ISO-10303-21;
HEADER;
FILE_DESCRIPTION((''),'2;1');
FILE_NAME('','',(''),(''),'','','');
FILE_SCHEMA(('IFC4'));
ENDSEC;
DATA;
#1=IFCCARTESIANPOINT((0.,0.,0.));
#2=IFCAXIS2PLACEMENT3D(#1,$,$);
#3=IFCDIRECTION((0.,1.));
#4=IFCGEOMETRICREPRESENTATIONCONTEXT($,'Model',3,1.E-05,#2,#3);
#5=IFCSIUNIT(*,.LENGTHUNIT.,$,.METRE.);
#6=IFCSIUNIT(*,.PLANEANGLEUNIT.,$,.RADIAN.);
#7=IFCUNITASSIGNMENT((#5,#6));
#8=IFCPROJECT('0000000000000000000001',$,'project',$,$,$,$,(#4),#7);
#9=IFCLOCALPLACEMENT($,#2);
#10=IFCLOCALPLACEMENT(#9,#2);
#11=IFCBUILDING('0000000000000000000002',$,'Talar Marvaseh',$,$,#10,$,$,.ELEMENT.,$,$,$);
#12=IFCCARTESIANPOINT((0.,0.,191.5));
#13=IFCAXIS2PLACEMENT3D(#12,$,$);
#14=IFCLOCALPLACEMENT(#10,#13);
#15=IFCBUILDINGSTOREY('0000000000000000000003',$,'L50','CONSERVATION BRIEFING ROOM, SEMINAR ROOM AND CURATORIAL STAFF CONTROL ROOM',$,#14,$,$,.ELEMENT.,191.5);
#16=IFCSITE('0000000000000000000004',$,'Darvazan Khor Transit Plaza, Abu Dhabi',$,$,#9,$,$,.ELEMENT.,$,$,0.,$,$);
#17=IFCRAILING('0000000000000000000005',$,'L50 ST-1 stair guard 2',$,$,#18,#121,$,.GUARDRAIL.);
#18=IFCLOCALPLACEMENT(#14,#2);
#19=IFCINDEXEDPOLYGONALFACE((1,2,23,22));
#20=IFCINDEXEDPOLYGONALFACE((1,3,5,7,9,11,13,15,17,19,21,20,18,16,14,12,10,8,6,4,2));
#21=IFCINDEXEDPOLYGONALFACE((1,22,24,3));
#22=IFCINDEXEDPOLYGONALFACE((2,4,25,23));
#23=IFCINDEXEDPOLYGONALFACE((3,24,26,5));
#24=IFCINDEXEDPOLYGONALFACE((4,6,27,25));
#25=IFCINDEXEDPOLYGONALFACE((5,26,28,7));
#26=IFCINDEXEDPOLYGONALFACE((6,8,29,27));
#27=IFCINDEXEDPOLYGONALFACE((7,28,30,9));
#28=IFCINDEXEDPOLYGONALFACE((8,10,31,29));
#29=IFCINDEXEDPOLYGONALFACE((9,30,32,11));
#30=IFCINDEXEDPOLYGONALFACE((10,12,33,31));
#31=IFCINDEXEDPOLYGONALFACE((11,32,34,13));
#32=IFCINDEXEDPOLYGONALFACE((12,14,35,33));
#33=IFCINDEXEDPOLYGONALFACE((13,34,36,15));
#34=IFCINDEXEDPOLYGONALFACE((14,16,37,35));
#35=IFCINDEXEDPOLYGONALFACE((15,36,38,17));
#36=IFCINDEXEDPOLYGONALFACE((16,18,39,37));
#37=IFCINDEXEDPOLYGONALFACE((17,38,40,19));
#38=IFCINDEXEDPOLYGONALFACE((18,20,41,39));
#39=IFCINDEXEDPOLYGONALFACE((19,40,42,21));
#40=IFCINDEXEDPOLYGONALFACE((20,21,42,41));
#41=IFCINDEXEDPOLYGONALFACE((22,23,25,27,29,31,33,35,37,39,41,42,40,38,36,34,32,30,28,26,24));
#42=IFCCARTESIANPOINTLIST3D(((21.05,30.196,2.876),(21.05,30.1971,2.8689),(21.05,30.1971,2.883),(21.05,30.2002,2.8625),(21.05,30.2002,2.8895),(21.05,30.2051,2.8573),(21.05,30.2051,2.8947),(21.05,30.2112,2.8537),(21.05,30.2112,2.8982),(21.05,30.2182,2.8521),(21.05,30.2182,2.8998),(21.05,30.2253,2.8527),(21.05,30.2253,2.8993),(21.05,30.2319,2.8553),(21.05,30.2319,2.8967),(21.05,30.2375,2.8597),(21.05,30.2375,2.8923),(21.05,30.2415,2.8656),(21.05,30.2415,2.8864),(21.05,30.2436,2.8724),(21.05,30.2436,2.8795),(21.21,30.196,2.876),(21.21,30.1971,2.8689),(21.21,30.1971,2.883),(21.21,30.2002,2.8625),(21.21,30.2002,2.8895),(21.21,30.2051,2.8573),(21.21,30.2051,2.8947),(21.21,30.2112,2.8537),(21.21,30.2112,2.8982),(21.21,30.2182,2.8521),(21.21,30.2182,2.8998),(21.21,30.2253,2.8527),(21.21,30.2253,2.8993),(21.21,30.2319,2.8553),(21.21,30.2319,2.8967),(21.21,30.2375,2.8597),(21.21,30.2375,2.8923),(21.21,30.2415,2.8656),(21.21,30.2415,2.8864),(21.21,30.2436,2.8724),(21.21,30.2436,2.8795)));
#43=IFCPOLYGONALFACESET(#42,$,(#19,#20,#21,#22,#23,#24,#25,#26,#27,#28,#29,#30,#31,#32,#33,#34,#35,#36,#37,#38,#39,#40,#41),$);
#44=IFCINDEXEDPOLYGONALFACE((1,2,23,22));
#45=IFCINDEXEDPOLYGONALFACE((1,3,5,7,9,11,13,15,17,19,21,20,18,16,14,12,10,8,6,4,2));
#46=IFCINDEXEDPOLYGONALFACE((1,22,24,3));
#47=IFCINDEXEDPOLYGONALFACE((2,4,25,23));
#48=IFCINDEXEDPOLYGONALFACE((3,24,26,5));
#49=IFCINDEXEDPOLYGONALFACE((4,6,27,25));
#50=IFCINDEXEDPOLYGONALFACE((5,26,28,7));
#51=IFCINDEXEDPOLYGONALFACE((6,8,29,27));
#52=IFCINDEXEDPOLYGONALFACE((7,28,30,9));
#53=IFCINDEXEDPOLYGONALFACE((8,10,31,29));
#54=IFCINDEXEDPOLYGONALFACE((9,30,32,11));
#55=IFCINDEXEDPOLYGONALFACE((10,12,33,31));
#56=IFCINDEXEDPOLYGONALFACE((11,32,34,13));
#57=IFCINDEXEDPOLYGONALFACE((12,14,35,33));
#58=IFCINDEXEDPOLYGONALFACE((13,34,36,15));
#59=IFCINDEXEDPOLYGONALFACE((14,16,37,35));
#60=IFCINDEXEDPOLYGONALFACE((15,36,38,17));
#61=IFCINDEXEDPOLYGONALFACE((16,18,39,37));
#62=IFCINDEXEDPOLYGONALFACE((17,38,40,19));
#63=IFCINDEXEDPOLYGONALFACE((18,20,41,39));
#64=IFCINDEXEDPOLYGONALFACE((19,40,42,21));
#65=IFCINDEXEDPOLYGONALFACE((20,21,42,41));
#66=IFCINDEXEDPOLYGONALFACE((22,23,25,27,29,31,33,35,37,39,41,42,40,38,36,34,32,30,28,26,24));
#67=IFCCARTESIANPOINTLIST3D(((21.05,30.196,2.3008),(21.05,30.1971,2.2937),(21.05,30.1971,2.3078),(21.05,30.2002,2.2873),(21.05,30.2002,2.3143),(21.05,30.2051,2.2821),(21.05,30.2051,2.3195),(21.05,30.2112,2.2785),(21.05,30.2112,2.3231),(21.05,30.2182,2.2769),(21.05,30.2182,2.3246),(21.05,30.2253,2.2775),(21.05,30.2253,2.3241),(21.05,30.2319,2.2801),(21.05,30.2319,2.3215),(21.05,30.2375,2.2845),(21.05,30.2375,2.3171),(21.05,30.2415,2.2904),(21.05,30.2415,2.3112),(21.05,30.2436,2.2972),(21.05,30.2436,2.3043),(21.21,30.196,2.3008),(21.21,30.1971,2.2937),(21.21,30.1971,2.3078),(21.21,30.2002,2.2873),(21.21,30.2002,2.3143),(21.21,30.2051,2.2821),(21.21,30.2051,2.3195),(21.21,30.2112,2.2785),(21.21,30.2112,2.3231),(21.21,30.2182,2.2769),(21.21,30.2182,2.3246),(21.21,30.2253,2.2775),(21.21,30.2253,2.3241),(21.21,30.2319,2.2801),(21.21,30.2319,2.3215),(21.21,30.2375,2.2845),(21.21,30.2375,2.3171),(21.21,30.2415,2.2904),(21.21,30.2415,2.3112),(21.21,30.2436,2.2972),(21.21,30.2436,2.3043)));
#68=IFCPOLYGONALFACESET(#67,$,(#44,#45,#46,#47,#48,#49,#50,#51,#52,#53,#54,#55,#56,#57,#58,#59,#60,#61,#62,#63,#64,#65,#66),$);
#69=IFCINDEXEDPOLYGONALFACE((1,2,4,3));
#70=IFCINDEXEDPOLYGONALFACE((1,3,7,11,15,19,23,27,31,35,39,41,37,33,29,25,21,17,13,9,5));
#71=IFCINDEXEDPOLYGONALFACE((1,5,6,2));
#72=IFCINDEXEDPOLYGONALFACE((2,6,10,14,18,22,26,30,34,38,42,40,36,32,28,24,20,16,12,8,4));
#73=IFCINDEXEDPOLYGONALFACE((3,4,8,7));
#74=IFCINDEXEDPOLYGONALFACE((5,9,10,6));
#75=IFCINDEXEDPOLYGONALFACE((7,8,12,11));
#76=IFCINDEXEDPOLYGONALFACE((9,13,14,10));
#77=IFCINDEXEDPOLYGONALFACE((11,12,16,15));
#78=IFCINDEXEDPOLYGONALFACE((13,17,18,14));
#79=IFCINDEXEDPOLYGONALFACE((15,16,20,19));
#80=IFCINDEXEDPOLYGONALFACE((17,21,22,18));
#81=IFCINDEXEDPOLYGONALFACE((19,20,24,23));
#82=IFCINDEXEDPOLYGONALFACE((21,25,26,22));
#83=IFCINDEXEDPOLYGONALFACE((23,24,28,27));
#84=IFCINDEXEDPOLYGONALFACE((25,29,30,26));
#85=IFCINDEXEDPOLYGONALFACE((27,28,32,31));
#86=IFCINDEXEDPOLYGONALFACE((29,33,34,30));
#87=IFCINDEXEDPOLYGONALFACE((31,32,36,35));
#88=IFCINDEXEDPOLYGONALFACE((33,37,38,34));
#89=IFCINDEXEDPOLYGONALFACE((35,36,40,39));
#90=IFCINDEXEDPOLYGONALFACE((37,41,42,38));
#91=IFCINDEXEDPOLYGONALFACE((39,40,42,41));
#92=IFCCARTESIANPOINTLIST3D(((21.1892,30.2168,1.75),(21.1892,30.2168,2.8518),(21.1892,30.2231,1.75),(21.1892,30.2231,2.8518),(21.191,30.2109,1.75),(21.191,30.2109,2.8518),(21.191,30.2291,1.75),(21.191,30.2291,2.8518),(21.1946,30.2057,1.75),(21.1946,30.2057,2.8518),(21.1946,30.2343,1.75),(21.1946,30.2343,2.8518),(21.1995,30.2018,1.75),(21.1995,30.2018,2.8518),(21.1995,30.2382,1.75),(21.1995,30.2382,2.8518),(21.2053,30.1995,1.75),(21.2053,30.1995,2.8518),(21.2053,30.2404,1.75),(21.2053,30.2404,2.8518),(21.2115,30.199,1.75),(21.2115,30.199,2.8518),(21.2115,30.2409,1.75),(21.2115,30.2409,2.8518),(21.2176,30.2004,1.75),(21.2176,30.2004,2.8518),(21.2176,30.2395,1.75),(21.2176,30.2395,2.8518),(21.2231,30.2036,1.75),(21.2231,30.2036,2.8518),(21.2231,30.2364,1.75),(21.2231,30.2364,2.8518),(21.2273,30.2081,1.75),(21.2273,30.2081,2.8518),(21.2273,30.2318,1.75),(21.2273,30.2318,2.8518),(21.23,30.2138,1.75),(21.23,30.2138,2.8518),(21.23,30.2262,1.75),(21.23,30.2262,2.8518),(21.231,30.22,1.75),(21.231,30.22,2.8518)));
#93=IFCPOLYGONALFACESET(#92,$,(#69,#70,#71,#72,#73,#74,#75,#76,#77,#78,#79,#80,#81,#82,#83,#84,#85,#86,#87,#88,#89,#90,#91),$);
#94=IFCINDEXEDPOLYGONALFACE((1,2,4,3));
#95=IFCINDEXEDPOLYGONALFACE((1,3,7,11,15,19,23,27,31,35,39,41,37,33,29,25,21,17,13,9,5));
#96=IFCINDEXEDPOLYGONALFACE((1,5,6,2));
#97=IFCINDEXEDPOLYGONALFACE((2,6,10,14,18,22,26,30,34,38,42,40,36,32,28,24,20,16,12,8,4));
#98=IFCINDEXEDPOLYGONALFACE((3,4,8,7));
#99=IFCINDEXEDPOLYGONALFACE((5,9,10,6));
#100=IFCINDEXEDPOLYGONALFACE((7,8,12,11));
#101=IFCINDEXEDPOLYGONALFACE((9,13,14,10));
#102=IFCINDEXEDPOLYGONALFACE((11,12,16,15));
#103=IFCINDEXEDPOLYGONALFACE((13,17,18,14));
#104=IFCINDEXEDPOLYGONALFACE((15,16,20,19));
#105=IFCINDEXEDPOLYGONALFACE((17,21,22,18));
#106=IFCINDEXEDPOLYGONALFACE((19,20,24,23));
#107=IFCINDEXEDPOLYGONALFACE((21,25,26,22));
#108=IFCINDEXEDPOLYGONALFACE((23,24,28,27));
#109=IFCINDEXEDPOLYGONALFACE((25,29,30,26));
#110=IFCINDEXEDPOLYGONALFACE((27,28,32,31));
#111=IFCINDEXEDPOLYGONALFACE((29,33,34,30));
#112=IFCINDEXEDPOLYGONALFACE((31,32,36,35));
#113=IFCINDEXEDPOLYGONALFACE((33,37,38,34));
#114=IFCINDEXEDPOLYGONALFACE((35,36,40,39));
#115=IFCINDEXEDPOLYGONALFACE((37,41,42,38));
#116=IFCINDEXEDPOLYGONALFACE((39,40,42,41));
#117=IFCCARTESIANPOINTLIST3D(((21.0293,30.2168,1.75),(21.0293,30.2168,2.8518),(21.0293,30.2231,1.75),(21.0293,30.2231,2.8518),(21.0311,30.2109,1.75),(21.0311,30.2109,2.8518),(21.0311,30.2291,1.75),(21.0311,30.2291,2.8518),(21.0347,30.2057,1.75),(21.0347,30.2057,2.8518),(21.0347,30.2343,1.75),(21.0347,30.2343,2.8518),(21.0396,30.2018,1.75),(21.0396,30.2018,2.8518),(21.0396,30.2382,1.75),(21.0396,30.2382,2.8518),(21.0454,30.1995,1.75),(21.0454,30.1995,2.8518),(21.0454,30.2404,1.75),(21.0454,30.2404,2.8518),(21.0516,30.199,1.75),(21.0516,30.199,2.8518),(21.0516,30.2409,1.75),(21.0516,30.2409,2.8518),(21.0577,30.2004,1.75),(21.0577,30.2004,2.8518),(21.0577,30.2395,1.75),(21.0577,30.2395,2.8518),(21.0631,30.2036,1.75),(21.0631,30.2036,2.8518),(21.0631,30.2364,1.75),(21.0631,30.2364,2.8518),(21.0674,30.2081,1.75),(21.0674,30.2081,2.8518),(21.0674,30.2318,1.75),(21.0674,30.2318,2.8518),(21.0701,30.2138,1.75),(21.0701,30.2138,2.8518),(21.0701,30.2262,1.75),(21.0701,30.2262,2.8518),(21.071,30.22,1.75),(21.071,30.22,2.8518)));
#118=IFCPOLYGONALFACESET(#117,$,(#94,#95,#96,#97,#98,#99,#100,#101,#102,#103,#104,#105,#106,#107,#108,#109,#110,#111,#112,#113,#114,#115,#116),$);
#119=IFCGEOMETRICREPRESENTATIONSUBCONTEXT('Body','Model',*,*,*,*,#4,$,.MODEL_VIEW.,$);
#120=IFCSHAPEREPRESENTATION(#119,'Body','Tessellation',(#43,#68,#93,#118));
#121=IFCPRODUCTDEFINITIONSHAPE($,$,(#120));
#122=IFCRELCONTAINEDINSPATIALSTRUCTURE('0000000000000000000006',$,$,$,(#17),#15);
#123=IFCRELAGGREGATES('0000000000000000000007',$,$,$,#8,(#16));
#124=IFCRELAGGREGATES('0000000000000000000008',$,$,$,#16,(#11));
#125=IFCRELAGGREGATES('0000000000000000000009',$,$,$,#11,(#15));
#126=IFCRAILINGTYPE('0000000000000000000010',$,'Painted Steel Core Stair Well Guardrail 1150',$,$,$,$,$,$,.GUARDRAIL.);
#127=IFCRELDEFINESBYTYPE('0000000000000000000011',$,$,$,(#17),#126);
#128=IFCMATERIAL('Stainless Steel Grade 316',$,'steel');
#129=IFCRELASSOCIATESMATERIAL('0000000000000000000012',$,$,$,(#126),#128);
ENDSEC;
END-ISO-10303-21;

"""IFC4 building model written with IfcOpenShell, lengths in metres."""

from ifc_helpers import new_model, si_unit, direction, frame, origin, origin_2d, place, context, subcontext, project, spatial, circle, extrude, material, type_object, element, save


model = new_model("IFC4")

# Units and contexts
model_context = context("Model", 3, precision=1e-05, world=origin(), true_north=direction((0.0, 1.0)))
body_context = subcontext(model_context, "Body", "Model", "MODEL_VIEW")
ifc_project = project(units=[si_unit("LENGTHUNIT", "METRE"), si_unit("PLANEANGLEUNIT", "RADIAN")], contexts=[model_context])

# Site, building, storey
site_placement = place(None, origin())
site = spatial("IfcSite", under=ifc_project, at=site_placement, Name="Darvazan Khor Transit Plaza, Abu Dhabi", CompositionType="ELEMENT", RefElevation=0.0)
building_placement = place(site_placement, origin())
building = spatial("IfcBuilding", under=site, at=building_placement, Name="Talar Marvaseh", CompositionType="ELEMENT")
storey_placement = place(building_placement, frame((0.0, 0.0, 191.5)))
storey = spatial("IfcBuildingStorey", under=building, at=storey_placement, Name="L50", Description="CONSERVATION BRIEFING ROOM, SEMINAR ROOM AND CURATORIAL STAFF CONTROL ROOM", CompositionType="ELEMENT", Elevation=191.5)

# Railing
ifc_material_1 = material(Name="Stainless Steel Grade 316", Category="steel")
railing_type_1 = type_object("IfcRailingType", Name="Painted Steel Core Stair Well Guardrail 1150", PredefinedType="GUARDRAIL", material=ifc_material_1)
railing_1_placement = place(storey_placement, frame((21.21, 30.22, 1.75)))
element("IfcRailing", 1, at=railing_1_placement, inside=storey, type_object=railing_type_1, Name="L50 ST-1 stair guard 2", PredefinedType="GUARDRAIL", context=body_context, shape_type="SweptSolid", body=[
    extrude(circle(Radius=0.0239, at=origin_2d()), frame((0.0, 0.0, 1.126), z_axis=(-1.0, 0.0, 0.0), x_axis=(0.0, -1.0, 0.0)), (0.0, 0.0, 1.0), 0.1599),
    extrude(circle(Radius=0.0239, at=origin_2d()), frame((0.0, 0.0, 0.5508), z_axis=(-1.0, 0.0, 0.0), x_axis=(0.0, -1.0, 0.0)), (0.0, 0.0, 1.0), 0.1599),
    extrude(circle(Radius=0.021, at=origin_2d()), origin(), (0.0, 0.0, 1.0), 1.1018),
    extrude(circle(Radius=0.021, at=origin_2d()), frame((-0.1599, 0.0, 0.0)), (0.0, 0.0, 1.0), 1.1018),
])

save(model, "model.ifc")
